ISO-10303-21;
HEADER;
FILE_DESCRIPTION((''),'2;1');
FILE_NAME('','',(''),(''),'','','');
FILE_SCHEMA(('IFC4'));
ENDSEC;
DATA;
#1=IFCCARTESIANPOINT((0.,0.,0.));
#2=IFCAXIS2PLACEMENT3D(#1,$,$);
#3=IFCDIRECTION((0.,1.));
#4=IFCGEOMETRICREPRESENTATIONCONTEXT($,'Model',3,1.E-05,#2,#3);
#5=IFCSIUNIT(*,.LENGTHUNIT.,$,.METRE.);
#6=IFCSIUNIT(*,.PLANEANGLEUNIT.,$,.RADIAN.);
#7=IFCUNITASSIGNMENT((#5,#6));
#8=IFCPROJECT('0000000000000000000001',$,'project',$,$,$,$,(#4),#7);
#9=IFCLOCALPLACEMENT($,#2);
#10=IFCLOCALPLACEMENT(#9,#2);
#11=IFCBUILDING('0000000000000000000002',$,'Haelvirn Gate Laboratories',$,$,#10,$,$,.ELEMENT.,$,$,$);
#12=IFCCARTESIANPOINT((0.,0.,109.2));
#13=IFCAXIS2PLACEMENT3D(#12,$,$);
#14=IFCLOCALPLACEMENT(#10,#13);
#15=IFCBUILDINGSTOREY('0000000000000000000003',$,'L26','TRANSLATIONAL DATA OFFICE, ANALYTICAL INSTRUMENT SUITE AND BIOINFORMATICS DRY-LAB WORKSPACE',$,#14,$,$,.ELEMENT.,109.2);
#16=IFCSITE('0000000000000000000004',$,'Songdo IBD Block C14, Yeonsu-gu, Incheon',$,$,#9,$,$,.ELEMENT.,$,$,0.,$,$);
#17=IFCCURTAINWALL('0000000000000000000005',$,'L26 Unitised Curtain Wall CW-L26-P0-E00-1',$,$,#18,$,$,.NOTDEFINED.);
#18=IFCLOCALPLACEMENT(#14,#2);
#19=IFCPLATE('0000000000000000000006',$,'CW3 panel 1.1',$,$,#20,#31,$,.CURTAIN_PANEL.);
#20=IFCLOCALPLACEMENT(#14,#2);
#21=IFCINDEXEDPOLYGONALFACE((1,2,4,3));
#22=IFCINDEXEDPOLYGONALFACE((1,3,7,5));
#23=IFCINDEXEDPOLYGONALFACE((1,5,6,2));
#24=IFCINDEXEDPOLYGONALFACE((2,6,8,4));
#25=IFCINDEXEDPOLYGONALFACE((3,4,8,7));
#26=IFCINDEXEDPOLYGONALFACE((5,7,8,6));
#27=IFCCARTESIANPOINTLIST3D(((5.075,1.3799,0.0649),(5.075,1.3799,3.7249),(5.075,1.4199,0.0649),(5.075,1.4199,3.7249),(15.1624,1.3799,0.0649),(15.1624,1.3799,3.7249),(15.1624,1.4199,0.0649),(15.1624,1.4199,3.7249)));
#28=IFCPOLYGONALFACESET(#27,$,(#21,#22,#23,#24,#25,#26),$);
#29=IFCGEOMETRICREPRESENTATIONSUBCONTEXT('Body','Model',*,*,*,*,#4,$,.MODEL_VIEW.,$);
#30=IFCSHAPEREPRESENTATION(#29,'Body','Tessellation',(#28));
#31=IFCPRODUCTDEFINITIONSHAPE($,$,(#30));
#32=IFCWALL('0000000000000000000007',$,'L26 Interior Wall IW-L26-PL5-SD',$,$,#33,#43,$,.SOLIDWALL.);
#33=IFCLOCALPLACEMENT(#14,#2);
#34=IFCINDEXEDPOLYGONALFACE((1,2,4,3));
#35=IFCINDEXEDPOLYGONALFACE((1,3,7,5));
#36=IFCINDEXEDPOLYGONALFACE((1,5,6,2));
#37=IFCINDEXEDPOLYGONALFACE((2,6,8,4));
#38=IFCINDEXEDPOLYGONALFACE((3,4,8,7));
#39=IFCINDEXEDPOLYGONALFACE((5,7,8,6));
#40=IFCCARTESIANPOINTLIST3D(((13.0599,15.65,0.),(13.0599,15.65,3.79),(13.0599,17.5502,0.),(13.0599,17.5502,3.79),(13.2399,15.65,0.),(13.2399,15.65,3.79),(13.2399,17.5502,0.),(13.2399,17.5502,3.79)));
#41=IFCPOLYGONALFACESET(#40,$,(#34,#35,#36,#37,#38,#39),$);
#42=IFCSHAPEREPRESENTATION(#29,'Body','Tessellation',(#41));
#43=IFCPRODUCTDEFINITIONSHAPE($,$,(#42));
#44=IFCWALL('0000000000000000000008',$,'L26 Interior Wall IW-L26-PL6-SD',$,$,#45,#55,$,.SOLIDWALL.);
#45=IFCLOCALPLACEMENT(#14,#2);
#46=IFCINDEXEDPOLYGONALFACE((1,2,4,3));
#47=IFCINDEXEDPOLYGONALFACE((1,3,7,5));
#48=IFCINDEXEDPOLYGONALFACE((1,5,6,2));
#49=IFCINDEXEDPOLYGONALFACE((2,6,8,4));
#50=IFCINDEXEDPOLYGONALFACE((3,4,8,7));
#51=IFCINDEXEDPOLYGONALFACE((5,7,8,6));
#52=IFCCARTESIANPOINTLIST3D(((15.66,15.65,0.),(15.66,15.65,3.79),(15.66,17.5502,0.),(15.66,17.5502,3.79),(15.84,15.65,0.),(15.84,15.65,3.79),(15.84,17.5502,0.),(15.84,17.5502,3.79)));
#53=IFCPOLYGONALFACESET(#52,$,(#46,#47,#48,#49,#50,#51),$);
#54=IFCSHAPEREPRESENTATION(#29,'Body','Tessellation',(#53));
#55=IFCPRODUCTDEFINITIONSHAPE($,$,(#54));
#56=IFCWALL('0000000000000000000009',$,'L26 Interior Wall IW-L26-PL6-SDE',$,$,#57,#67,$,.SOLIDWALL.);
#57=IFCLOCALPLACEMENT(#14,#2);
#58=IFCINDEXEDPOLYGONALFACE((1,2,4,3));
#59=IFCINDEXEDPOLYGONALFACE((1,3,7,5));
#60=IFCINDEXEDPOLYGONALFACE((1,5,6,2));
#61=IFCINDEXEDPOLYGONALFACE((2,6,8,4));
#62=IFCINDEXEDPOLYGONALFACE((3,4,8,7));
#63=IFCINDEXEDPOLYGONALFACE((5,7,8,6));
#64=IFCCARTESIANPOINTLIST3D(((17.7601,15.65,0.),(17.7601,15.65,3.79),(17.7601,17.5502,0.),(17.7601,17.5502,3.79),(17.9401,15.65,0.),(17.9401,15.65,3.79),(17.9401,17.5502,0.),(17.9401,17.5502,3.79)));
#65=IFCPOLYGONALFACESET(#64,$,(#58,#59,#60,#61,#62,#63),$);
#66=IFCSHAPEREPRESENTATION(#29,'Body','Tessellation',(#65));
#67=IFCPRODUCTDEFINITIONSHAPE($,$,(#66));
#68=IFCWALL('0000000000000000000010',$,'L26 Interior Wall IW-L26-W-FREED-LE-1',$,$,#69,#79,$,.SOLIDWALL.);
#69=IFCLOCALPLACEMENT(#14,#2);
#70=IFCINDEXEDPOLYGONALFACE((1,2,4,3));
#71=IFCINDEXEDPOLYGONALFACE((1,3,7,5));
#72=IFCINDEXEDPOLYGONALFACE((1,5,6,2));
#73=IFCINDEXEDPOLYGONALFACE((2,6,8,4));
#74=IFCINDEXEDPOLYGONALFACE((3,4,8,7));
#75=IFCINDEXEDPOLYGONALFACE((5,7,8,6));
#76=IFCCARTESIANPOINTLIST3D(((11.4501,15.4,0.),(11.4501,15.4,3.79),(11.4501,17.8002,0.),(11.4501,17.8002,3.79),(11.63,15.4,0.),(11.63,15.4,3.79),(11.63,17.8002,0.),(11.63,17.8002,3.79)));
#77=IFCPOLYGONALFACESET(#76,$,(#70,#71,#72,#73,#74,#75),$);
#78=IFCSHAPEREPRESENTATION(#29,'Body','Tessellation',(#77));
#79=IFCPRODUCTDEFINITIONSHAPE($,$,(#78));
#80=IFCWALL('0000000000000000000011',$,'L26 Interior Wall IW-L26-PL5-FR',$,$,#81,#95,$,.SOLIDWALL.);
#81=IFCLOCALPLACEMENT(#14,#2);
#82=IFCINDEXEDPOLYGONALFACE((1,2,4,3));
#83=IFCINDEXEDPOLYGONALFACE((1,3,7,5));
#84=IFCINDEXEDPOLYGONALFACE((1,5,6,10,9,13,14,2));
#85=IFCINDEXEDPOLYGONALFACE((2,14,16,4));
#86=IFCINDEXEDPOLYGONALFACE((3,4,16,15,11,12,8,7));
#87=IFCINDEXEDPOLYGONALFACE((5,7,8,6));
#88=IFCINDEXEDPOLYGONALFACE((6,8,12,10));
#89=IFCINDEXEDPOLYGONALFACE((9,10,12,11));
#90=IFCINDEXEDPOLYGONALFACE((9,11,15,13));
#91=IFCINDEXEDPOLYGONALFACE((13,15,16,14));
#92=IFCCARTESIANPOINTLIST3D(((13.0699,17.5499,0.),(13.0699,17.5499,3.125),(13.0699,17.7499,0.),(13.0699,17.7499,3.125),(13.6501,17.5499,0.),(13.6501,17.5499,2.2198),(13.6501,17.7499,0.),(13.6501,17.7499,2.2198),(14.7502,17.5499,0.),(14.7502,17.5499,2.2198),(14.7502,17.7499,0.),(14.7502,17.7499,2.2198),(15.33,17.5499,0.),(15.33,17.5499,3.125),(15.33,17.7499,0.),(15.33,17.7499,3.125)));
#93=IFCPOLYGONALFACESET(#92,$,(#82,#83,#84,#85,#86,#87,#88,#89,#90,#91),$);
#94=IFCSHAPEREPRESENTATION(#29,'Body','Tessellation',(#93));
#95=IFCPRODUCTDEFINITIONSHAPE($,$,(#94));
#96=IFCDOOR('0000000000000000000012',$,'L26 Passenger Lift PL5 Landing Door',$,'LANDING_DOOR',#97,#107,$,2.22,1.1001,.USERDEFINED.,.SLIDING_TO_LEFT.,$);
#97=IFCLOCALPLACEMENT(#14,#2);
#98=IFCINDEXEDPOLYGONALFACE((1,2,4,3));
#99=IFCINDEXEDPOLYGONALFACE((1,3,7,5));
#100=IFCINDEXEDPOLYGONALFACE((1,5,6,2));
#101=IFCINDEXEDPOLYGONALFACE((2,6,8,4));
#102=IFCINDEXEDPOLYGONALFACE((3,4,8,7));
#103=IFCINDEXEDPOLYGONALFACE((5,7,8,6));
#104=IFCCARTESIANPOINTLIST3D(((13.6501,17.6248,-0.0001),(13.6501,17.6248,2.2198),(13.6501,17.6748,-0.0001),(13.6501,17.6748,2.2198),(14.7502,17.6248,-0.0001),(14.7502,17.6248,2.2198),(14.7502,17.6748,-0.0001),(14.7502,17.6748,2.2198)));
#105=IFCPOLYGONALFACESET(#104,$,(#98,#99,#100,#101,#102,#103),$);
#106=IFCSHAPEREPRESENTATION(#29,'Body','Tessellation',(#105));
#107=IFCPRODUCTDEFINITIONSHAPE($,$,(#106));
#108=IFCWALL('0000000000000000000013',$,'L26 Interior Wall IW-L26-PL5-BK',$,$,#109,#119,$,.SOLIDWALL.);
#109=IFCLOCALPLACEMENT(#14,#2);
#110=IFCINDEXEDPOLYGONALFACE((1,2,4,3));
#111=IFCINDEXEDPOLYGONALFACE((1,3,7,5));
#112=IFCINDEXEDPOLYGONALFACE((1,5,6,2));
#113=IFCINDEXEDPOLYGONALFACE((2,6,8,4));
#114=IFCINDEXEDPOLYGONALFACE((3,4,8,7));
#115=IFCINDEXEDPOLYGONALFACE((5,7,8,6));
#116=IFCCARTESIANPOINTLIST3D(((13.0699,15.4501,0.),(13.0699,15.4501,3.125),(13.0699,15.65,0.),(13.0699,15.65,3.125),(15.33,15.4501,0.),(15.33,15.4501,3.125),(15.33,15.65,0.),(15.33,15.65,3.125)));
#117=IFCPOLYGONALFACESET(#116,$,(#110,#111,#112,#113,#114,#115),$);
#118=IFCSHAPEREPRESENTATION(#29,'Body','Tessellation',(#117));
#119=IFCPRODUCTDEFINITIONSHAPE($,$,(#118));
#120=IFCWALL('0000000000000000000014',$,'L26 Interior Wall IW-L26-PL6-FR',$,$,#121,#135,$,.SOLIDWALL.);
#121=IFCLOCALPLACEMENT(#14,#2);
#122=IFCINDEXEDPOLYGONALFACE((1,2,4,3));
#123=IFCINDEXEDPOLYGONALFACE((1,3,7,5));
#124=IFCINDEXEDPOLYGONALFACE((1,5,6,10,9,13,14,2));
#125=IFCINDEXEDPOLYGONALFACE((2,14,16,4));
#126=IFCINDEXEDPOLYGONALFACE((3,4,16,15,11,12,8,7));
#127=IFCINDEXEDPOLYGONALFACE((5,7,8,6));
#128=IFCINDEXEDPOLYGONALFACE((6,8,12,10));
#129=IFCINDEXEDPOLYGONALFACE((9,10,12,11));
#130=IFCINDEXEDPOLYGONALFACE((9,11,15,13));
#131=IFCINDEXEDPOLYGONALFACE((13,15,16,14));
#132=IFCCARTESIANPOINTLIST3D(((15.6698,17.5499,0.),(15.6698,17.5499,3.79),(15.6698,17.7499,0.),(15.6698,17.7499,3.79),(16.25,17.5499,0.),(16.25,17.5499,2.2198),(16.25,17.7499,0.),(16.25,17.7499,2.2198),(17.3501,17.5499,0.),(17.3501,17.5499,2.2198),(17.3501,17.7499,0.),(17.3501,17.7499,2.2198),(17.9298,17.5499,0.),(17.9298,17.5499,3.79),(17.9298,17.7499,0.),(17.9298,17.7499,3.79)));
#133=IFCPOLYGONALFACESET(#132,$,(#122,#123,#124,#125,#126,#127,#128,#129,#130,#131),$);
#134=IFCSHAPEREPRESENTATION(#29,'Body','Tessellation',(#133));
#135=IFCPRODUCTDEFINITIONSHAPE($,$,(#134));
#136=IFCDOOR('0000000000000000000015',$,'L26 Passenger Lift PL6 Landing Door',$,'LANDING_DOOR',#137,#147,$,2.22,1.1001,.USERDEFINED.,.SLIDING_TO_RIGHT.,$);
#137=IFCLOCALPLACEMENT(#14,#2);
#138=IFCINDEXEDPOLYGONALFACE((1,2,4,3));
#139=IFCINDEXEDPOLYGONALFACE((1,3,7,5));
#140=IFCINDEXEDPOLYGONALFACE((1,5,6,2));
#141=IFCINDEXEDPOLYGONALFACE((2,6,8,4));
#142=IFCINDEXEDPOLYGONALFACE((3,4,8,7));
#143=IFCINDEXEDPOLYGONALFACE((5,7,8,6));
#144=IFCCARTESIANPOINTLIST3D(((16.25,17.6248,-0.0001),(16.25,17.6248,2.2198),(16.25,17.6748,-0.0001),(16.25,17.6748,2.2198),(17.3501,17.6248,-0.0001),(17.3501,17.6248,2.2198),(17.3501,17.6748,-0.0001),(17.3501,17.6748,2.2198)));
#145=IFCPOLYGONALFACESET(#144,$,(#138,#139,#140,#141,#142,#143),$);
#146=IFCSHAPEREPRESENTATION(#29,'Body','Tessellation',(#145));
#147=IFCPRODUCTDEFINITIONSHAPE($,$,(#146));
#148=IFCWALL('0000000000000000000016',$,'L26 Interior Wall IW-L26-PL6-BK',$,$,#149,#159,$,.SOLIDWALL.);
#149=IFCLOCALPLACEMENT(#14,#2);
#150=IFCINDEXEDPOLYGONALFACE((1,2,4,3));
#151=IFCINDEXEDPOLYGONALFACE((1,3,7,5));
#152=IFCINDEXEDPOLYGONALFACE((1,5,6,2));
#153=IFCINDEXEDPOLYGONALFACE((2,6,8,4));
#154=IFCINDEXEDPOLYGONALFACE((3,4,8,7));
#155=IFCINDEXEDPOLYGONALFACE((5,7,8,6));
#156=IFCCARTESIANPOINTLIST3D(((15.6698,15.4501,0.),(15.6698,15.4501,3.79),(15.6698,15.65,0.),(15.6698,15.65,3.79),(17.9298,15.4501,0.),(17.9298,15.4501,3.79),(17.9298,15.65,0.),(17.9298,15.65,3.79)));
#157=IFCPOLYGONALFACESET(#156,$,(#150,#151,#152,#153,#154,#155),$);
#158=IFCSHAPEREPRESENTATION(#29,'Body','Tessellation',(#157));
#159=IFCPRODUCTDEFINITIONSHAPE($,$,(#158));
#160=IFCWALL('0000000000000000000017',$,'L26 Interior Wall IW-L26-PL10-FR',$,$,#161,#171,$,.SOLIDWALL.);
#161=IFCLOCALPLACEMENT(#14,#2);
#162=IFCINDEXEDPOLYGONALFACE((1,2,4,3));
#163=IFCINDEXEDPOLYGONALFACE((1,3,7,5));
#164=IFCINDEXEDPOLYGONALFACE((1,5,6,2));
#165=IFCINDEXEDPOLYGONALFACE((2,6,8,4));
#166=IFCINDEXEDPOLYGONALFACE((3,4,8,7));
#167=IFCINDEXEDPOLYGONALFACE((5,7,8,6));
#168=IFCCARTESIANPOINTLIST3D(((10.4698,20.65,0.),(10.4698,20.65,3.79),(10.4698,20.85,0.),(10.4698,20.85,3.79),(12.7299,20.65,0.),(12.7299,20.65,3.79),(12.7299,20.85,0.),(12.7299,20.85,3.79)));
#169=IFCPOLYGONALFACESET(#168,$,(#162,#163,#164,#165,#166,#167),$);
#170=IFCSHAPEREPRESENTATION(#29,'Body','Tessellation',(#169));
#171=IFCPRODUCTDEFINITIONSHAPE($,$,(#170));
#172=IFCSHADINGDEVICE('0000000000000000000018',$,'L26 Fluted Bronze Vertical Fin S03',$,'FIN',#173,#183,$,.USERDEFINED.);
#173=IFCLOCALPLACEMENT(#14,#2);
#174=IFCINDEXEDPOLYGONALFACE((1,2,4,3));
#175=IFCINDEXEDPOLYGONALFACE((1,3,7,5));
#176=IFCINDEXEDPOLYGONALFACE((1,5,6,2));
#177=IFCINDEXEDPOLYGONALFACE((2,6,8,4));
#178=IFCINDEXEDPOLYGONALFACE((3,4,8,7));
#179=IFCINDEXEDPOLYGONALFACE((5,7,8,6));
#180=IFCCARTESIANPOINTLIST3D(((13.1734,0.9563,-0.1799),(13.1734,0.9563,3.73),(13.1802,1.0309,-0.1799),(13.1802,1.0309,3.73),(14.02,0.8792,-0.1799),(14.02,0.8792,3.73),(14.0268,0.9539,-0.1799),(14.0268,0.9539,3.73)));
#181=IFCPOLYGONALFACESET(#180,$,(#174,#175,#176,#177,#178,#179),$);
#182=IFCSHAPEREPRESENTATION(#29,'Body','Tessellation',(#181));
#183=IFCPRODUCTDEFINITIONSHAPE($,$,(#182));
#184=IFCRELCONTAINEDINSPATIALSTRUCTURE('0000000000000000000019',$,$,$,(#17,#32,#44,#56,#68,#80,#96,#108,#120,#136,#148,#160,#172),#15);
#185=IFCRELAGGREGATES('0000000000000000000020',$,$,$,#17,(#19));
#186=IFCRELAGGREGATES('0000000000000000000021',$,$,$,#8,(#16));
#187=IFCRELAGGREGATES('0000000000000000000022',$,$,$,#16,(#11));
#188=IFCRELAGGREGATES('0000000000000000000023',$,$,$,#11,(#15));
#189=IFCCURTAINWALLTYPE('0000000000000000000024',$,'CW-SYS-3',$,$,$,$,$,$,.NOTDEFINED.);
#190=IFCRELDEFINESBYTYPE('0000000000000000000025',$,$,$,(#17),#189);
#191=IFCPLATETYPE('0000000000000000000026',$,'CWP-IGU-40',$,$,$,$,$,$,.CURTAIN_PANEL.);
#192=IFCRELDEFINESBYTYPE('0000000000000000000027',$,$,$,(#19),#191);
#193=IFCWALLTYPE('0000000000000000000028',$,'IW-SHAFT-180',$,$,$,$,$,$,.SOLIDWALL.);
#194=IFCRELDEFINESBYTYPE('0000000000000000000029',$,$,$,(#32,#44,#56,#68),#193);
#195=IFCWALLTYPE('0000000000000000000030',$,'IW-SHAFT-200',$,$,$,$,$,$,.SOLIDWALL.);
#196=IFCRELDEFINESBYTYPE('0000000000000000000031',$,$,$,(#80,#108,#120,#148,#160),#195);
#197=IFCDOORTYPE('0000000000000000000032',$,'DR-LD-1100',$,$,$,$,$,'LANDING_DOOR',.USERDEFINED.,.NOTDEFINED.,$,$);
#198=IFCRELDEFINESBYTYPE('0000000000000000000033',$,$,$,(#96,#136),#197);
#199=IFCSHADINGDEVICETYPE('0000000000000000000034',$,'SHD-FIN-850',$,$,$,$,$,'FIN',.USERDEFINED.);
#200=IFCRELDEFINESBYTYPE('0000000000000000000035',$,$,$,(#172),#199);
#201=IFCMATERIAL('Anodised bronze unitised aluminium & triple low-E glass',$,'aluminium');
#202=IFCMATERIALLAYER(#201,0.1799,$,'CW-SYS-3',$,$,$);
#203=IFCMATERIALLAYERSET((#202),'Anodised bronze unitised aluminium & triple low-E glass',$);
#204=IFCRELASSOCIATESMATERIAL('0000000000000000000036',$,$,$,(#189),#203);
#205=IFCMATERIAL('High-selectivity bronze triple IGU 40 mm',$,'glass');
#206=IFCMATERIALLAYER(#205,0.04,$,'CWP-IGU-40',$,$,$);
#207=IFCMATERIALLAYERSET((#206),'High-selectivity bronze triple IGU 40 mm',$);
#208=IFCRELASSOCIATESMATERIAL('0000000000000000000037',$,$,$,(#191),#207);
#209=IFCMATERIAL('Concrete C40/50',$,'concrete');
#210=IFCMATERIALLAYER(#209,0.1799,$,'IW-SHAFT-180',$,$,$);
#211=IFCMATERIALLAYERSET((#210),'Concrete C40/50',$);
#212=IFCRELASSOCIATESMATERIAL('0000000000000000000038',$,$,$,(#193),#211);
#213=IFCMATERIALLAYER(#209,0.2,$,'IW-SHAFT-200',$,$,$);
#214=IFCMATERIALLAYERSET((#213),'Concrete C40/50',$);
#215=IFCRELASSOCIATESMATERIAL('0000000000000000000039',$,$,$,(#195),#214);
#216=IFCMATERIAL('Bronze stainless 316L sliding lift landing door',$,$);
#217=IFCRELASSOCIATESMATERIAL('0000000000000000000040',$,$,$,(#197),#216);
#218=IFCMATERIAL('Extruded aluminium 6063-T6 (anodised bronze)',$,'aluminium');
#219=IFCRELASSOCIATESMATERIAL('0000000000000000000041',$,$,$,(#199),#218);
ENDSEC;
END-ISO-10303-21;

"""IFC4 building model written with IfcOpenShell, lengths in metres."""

from ifc_helpers import new_model, si_unit, direction, frame, frame_2d, origin, origin_2d, place, context, subcontext, project, spatial, rectangle, extrude, source, transform, mapped, material, layer, layer_set, material_profile, profile_set, type_object, type_shapes, element, fill, aggregate, save


model = new_model("IFC4")

# Units and contexts
model_context = context("Model", 3, precision=1e-05, world=origin(), true_north=direction((0.0, 1.0)))
body_context = subcontext(model_context, "Body", "Model", "MODEL_VIEW")
ifc_project = project(units=[si_unit("LENGTHUNIT", "METRE"), si_unit("PLANEANGLEUNIT", "RADIAN")], contexts=[model_context])

# Site, building, storey
site_placement = place(None, origin())
site = spatial("IfcSite", under=ifc_project, at=site_placement, Name="Songdo IBD Block C14, Yeonsu-gu, Incheon", CompositionType="ELEMENT", RefElevation=0.0)
building_placement = place(site_placement, origin())
building = spatial("IfcBuilding", under=site, at=building_placement, Name="Haelvirn Gate Laboratories", CompositionType="ELEMENT")
storey_placement = place(building_placement, frame((0.0, 0.0, 109.2)))
storey = spatial("IfcBuildingStorey", under=building, at=storey_placement, Name="L26", Description="TRANSLATIONAL DATA OFFICE, ANALYTICAL INSTRUMENT SUITE AND BIOINFORMATICS DRY-LAB WORKSPACE", CompositionType="ELEMENT", Elevation=109.2)

# Curtain wall, plate
ifc_material_1 = material(Name="Anodised bronze unitised aluminium & triple low-E glass", Category="aluminium")
ifc_layer_1 = layer(ifc_material_1, 0.1799, Name="CW-SYS-3")
ifc_layer_set_1 = layer_set([ifc_layer_1], Name="Anodised bronze unitised aluminium & triple low-E glass")
curtain_wall_type = type_object("IfcCurtainWallType", Name="CW-SYS-3", PredefinedType="NOTDEFINED", material=ifc_layer_set_1)
curtain_wall_placement = place(storey_placement, origin())
curtain_wall = element("IfcCurtainWall", 1, at=curtain_wall_placement, inside=storey, type_object=curtain_wall_type, Name="L26 Unitised Curtain Wall CW-L26-P0-E00-1", PredefinedType="NOTDEFINED")
ifc_material_2 = material(Name="Extruded aluminium 6063-T6 (anodised bronze)", Category="aluminium")
ifc_material_3 = material(Name="High-selectivity bronze triple IGU 40 mm", Category="glass")
ifc_layer_2 = layer(ifc_material_3, 0.04, Name="CWP-IGU-40")
ifc_layer_set_2 = layer_set([ifc_layer_2], Name="High-selectivity bronze triple IGU 40 mm")
plate_type = type_object("IfcPlateType", Name="CWP-IGU-40", PredefinedType="CURTAIN_PANEL", material=ifc_layer_set_2)
shared_shape_1 = source(origin(), body_context, "Body", "SweptSolid", [
    extrude(rectangle(XDim=10.0874, YDim=0.04, at=origin_2d()), origin(), (0.0, 0.0, 1.0), 3.6599),
])
type_shapes(plate_type, [shared_shape_1])
plate_placement = place(storey_placement, frame((10.1187, 1.3999, 0.0649), z_axis=(0.0, 0.0, 1.0), x_axis=(1.0, 0.0, 0.0)))
plate = element("IfcPlate", 2, at=plate_placement, type_object=plate_type, Name="CW3 panel 1.1", PredefinedType="CURTAIN_PANEL", context=body_context, shape_type="MappedRepresentation", body=[
    mapped(shared_shape_1, transform((0.0, 0.0, 0.0), scale=1.0)),
])
aggregate(curtain_wall, [plate])

# Walls
ifc_material_4 = material(Name="Concrete C40/50", Category="concrete")
ifc_layer_3 = layer(ifc_material_4, 0.1799, Name="IW-SHAFT-180")
ifc_layer_set_3 = layer_set([ifc_layer_3], Name="Concrete C40/50")
wall_type_1 = type_object("IfcWallType", Name="IW-SHAFT-180", PredefinedType="SOLIDWALL", material=ifc_layer_set_3)
for number, where, z_axis, x_axis, name in (
    (3, (13.1499, 15.6499, 0.0), (0.0, 0.0, 1.0), (0.0, 1.0, 0.0), "L26 Interior Wall IW-L26-PL5-SD"),
    (4, (15.75, 15.6499, 0.0), (0.0, 0.0, 1.0), (0.0, 1.0, 0.0), "L26 Interior Wall IW-L26-PL6-SD"),
    (5, (17.8501, 15.6499, 0.0), (0.0, 0.0, 1.0), (0.0, 1.0, 0.0), "L26 Interior Wall IW-L26-PL6-SDE"),
):
    element("IfcWall", number, at=place(storey_placement, frame(where, z_axis=z_axis, x_axis=x_axis)), inside=storey, type_object=wall_type_1, Name=name, PredefinedType="SOLIDWALL", context=body_context, shape_type="SweptSolid", body=[
        extrude(rectangle(XDim=1.9001, YDim=0.1799, at=frame_2d((0.9502, 0.0))), origin(), (0.0, 0.0, 1.0), 3.79),
    ])
wall_1_placement = place(storey_placement, frame((11.54, 15.3999, 0.0), z_axis=(0.0, 0.0, 1.0), x_axis=(0.0, 1.0, 0.0)))
element("IfcWall", 6, at=wall_1_placement, inside=storey, type_object=wall_type_1, Name="L26 Interior Wall IW-L26-W-FREED-LE-1", PredefinedType="SOLIDWALL", context=body_context, shape_type="SweptSolid", body=[
    extrude(rectangle(XDim=2.4001, YDim=0.1799, at=frame_2d((1.2002, 0.0))), origin(), (0.0, 0.0, 1.0), 3.79),
])

# Wall, opening, door
ifc_layer_4 = layer(ifc_material_4, 0.2, Name="IW-SHAFT-200")
ifc_layer_set_4 = layer_set([ifc_layer_4], Name="Concrete C40/50")
wall_type_2 = type_object("IfcWallType", Name="IW-SHAFT-200", PredefinedType="SOLIDWALL", material=ifc_layer_set_4)
wall_2_placement = place(storey_placement, frame((13.0701, 17.6499, 0.0), z_axis=(0.0, 0.0, 1.0), x_axis=(1.0, 0.0, 0.0)))
wall_2 = element("IfcWall", 7, at=wall_2_placement, inside=storey, type_object=wall_type_2, Name="L26 Interior Wall IW-L26-PL5-FR", PredefinedType="SOLIDWALL", context=body_context, shape_type="SweptSolid", body=[
    extrude(rectangle(XDim=2.26, YDim=0.2, at=frame_2d((1.1299, 0.0))), origin(), (0.0, 0.0, 1.0), 3.125),
])
opening_1_placement = place(wall_2_placement, frame((0.5801, 0.0, 0.0)))
opening_1 = element("IfcOpeningElement", 8, at=opening_1_placement, cuts=wall_2, PredefinedType="OPENING", context=body_context, shape_type="SweptSolid", body=[
    extrude(rectangle(XDim=1.1001, YDim=2.22, at=frame_2d((0.55, 1.1099))), frame((0.0, 0.1099, 0.0), z_axis=(0.0, -1.0, 0.0), x_axis=(1.0, 0.0, 0.0)), (0.0, 0.0, 1.0), 0.22),
])
ifc_material_5 = material(Name="Bronze stainless 316L sliding lift landing door")
door_type = type_object("IfcDoorType", Name="DR-LD-1100", ElementType="LANDING_DOOR", OperationType="NOTDEFINED", PredefinedType="USERDEFINED", material=ifc_material_5)
shared_shape_2 = source(origin(), body_context, "Body", "SweptSolid", [
    extrude(rectangle(XDim=1.1001, YDim=2.22, at=frame_2d((0.55, 1.1099))), frame((0.0, 0.0249, 0.0), z_axis=(0.0, -1.0, 0.0), x_axis=(1.0, 0.0, 0.0)), (0.0, 0.0, 1.0), 0.05),
])
type_shapes(door_type, [shared_shape_2])
door_1_placement = place(opening_1_placement, origin())
door_1 = element("IfcDoor", 9, at=door_1_placement, inside=storey, type_object=door_type, Name="L26 Passenger Lift PL5 Landing Door", ObjectType="LANDING_DOOR", OperationType="SLIDING_TO_LEFT", OverallHeight=2.22, OverallWidth=1.1001, PredefinedType="USERDEFINED", context=body_context, shape_type="MappedRepresentation", body=[
    mapped(shared_shape_2, transform((0.0, 0.0, 0.0), scale=1.0)),
])
fill(opening_1, door_1)

# Wall
wall_3_placement = place(storey_placement, frame((13.0701, 15.55, 0.0), z_axis=(0.0, 0.0, 1.0), x_axis=(1.0, 0.0, 0.0)))
element("IfcWall", 10, at=wall_3_placement, inside=storey, type_object=wall_type_2, Name="L26 Interior Wall IW-L26-PL5-BK", PredefinedType="SOLIDWALL", context=body_context, shape_type="SweptSolid", body=[
    extrude(rectangle(XDim=2.26, YDim=0.2, at=frame_2d((1.1299, 0.0))), origin(), (0.0, 0.0, 1.0), 3.125),
])

# Wall, opening, door
wall_4_placement = place(storey_placement, frame((15.6699, 17.6499, 0.0), z_axis=(0.0, 0.0, 1.0), x_axis=(1.0, 0.0, 0.0)))
wall_4 = element("IfcWall", 11, at=wall_4_placement, inside=storey, type_object=wall_type_2, Name="L26 Interior Wall IW-L26-PL6-FR", PredefinedType="SOLIDWALL", context=body_context, shape_type="SweptSolid", body=[
    extrude(rectangle(XDim=2.26, YDim=0.2, at=frame_2d((1.1299, 0.0))), origin(), (0.0, 0.0, 1.0), 3.79),
])
opening_2_placement = place(wall_4_placement, frame((0.5801, 0.0, 0.0)))
opening_2 = element("IfcOpeningElement", 12, at=opening_2_placement, cuts=wall_4, PredefinedType="OPENING", context=body_context, shape_type="SweptSolid", body=[
    extrude(rectangle(XDim=1.1001, YDim=2.22, at=frame_2d((0.55, 1.1099))), frame((0.0, 0.1099, 0.0), z_axis=(0.0, -1.0, 0.0), x_axis=(1.0, 0.0, 0.0)), (0.0, 0.0, 1.0), 0.22),
])
door_2_placement = place(opening_2_placement, origin())
door_2 = element("IfcDoor", 13, at=door_2_placement, inside=storey, type_object=door_type, Name="L26 Passenger Lift PL6 Landing Door", ObjectType="LANDING_DOOR", OperationType="SLIDING_TO_RIGHT", OverallHeight=2.22, OverallWidth=1.1001, PredefinedType="USERDEFINED", context=body_context, shape_type="MappedRepresentation", body=[
    mapped(shared_shape_2, transform((0.0, 0.0, 0.0), scale=1.0)),
])
fill(opening_2, door_2)

# Walls
for number, where, z_axis, x_axis, name in (
    (14, (15.6699, 15.55, 0.0), (0.0, 0.0, 1.0), (1.0, 0.0, 0.0), "L26 Interior Wall IW-L26-PL6-BK"),
    (15, (10.47, 20.75, 0.0), (0.0, 0.0, 1.0), (1.0, 0.0, 0.0), "L26 Interior Wall IW-L26-PL10-FR"),
):
    element("IfcWall", number, at=place(storey_placement, frame(where, z_axis=z_axis, x_axis=x_axis)), inside=storey, type_object=wall_type_2, Name=name, PredefinedType="SOLIDWALL", context=body_context, shape_type="SweptSolid", body=[
        extrude(rectangle(XDim=2.26, YDim=0.2, at=frame_2d((1.1299, 0.0))), origin(), (0.0, 0.0, 1.0), 3.79),
    ])

# Shading device
ifc_material_profile_1 = material_profile(ifc_material_2, rectangle(XDim=0.075, YDim=0.8501, at=origin_2d()), Name="FIN-850x75")
ifc_profile_set_1 = profile_set([ifc_material_profile_1], Name="Extruded aluminium 6063-T6 (anodised bronze)")
shading_device_type = type_object("IfcShadingDeviceType", Name="SHD-FIN-850", ElementType="FIN", PredefinedType="USERDEFINED", material=ifc_profile_set_1)
shared_shape_3 = source(origin(), body_context, "Body", "SweptSolid", [
    extrude(rectangle(XDim=0.075, YDim=0.8501, at=origin_2d()), origin(), (0.0, 0.0, 1.0), 3.9099),
])
type_shapes(shading_device_type, [shared_shape_3])
for number, where, z_axis, x_axis, name in (
    (16, (13.6001, 0.9551, -0.1799), (0.0, 0.0, 1.0), (0.090633, 0.995884, 0.0), "L26 Fluted Bronze Vertical Fin S03"),
):
    element("IfcShadingDevice", number, at=place(storey_placement, frame(where, z_axis=z_axis, x_axis=x_axis)), inside=storey, type_object=shading_device_type, Name=name, ObjectType="FIN", PredefinedType="USERDEFINED", context=body_context, shape_type="MappedRepresentation", body=[
        mapped(shared_shape_3, transform((0.0, 0.0, 0.0), scale=1.0)),
    ])

save(model, "model.ifc")
